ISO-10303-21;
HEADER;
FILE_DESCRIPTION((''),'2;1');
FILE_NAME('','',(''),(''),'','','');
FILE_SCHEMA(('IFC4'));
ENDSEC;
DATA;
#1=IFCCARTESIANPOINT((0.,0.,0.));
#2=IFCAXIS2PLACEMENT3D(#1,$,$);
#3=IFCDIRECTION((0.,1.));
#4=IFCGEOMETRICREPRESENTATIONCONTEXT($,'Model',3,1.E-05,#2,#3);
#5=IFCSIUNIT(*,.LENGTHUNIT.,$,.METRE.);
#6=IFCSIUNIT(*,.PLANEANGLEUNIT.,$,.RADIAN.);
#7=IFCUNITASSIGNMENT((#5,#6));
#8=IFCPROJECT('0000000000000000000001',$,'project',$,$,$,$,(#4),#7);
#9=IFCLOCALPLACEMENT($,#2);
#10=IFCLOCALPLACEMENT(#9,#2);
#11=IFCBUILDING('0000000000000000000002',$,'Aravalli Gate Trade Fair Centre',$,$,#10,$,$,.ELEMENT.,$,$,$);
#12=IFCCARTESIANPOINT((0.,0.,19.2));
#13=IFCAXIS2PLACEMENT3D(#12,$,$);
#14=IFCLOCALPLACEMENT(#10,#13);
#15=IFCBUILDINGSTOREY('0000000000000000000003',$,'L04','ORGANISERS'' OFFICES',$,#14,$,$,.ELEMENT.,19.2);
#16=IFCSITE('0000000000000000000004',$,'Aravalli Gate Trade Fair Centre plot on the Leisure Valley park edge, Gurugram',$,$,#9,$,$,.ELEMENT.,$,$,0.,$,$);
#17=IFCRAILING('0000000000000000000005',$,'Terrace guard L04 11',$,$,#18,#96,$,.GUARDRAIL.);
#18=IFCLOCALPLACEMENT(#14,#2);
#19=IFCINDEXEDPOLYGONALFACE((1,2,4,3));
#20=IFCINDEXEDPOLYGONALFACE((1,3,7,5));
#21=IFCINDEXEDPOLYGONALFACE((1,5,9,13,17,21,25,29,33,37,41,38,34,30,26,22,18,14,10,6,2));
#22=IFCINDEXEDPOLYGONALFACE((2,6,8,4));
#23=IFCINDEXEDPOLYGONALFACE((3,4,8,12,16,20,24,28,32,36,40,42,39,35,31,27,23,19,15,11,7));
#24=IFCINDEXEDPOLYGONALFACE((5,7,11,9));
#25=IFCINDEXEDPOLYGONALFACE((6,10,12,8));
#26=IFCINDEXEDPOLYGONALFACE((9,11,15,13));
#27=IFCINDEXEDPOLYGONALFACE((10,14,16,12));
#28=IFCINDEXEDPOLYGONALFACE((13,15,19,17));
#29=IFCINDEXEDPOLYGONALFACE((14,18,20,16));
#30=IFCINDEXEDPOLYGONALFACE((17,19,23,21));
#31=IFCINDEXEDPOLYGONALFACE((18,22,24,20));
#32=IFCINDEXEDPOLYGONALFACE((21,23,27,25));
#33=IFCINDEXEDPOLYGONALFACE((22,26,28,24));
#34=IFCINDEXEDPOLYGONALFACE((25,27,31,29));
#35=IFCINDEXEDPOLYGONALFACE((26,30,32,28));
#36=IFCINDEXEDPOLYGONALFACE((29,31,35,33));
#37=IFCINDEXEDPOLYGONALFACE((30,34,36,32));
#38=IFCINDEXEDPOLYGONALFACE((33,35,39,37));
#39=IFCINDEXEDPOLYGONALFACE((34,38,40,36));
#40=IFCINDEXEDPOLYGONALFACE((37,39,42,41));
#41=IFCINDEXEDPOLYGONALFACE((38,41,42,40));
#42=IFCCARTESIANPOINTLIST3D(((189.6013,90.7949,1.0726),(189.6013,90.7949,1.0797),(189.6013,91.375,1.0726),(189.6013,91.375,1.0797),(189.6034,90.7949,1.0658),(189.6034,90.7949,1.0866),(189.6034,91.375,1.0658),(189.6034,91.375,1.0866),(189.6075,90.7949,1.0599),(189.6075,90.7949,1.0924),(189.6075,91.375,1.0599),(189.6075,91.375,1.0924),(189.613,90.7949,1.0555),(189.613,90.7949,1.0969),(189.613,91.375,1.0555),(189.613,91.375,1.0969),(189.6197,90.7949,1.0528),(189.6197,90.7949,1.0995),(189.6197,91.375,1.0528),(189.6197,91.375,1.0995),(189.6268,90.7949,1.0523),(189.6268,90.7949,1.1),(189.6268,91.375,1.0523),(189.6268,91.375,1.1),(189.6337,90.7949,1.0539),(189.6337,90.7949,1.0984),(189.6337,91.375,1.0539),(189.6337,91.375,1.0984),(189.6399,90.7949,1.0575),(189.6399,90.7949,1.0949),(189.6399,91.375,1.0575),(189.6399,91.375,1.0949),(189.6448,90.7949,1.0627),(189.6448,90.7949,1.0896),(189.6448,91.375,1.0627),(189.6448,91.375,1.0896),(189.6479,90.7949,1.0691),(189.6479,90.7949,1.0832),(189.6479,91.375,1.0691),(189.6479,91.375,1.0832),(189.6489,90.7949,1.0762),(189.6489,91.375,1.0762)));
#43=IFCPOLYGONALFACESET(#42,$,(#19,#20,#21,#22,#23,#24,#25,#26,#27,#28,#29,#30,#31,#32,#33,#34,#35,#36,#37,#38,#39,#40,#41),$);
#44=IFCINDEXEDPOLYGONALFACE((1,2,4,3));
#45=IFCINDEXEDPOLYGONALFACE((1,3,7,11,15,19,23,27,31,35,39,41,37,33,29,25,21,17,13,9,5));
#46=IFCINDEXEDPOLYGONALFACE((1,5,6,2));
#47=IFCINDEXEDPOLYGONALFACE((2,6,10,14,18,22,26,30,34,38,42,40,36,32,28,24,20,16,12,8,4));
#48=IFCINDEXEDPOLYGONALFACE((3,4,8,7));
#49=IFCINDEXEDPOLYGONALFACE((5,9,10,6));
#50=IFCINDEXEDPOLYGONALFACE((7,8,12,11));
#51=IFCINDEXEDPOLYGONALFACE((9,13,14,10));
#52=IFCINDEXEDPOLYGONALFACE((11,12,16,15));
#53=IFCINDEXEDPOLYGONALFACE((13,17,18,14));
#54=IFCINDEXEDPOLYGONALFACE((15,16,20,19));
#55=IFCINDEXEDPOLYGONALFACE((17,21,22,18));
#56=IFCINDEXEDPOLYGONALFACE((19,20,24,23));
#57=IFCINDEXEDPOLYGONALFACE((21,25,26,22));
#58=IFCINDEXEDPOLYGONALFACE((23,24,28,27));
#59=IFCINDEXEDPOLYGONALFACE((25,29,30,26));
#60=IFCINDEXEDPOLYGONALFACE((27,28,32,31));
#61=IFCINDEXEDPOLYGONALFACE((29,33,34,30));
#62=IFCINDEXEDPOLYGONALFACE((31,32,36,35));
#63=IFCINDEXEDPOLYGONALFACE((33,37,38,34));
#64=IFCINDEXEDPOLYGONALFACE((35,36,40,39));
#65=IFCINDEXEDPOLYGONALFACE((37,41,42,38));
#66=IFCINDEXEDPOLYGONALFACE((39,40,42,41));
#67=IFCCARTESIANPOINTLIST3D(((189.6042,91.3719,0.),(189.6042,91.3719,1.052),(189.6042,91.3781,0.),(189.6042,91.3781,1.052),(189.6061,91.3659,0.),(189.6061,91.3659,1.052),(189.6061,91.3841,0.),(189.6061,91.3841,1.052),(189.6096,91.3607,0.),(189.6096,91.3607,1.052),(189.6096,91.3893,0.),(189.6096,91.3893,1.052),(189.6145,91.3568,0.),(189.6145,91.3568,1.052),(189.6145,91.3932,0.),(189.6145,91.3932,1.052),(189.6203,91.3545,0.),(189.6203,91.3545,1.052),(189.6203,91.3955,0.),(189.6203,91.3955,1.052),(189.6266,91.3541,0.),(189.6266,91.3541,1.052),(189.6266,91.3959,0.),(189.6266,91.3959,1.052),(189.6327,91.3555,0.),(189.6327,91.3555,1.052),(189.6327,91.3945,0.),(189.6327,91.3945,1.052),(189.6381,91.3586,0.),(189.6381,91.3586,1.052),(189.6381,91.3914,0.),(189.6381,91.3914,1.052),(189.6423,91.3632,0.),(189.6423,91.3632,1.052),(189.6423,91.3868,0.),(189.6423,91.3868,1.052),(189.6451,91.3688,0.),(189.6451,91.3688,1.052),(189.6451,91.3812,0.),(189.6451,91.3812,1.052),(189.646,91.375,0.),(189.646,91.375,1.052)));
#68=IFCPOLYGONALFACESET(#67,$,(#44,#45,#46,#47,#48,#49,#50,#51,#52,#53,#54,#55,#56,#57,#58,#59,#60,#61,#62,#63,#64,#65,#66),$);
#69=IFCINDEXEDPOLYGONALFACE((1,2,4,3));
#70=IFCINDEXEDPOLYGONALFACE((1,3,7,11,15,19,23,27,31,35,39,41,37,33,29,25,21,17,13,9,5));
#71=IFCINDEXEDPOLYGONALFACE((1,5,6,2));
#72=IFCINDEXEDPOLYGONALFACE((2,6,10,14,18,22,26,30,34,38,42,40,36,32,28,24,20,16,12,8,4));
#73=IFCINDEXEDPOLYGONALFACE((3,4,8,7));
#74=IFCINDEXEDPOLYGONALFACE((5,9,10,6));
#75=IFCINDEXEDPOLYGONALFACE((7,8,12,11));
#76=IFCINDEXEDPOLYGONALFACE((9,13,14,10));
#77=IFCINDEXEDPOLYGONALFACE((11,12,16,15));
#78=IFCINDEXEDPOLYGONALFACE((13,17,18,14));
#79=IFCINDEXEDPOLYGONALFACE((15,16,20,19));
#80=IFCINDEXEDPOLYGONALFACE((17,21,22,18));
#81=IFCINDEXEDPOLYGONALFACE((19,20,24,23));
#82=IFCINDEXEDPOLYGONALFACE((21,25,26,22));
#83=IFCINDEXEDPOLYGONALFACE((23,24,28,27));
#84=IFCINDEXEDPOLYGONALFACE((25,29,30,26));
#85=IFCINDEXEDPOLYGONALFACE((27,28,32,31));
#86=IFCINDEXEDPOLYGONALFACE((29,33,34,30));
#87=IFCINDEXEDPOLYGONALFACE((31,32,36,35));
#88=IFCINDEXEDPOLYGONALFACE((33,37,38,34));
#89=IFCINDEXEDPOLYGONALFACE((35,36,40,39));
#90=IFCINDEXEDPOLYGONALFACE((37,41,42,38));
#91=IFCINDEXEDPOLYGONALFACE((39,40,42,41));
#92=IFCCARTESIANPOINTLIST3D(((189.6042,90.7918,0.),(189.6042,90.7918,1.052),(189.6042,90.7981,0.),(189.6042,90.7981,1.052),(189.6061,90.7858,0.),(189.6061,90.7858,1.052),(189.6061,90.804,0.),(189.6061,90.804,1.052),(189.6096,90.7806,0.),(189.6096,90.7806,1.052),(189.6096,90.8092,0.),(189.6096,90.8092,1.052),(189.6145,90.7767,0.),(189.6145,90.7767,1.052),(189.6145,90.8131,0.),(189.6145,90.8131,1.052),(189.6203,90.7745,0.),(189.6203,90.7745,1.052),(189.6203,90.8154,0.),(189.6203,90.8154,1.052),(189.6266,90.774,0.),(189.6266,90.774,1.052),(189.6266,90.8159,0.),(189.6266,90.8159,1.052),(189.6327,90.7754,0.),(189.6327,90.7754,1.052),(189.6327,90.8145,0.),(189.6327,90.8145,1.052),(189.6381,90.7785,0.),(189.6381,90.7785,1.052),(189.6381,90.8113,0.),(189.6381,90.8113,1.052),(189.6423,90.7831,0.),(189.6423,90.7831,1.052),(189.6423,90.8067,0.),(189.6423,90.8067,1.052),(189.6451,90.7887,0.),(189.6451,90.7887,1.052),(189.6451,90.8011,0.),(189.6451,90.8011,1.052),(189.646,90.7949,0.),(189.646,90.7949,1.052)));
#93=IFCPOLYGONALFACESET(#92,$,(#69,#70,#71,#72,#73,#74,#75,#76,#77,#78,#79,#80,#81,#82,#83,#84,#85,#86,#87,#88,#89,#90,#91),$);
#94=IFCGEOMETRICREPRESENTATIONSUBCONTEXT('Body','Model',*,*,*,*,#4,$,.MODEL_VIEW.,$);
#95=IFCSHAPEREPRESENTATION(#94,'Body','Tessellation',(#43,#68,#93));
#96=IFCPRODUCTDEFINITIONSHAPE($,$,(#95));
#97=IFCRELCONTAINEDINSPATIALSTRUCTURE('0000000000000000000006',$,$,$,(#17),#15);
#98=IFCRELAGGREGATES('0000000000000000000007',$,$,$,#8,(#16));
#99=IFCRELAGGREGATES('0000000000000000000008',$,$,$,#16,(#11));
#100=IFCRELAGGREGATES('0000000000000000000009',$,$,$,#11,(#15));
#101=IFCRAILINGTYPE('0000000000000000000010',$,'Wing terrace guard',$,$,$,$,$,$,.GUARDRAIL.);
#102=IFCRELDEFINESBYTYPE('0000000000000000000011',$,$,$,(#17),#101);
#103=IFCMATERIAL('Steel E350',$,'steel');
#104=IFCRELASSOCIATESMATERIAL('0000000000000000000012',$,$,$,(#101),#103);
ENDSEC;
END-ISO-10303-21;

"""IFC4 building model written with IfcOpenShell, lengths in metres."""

from ifc_helpers import new_model, si_unit, direction, frame, origin, origin_2d, place, context, subcontext, project, spatial, circle, extrude, material, type_object, element, save


model = new_model("IFC4")

# Units and contexts
model_context = context("Model", 3, precision=1e-05, world=origin(), true_north=direction((0.0, 1.0)))
body_context = subcontext(model_context, "Body", "Model", "MODEL_VIEW")
ifc_project = project(units=[si_unit("LENGTHUNIT", "METRE"), si_unit("PLANEANGLEUNIT", "RADIAN")], contexts=[model_context])

# Site, building, storey
site_placement = place(None, origin())
site = spatial("IfcSite", under=ifc_project, at=site_placement, Name="Aravalli Gate Trade Fair Centre plot on the Leisure Valley park edge, Gurugram", CompositionType="ELEMENT", RefElevation=0.0)
building_placement = place(site_placement, origin())
building = spatial("IfcBuilding", under=site, at=building_placement, Name="Aravalli Gate Trade Fair Centre", CompositionType="ELEMENT")
storey_placement = place(building_placement, frame((0.0, 0.0, 19.2)))
storey = spatial("IfcBuildingStorey", under=building, at=storey_placement, Name="L04", Description="ORGANISERS' OFFICES", CompositionType="ELEMENT", Elevation=19.2)

# Shared definitions
ifc_material_1 = material(Name="Steel E350", Category="steel")

# Railing
railing_type = type_object("IfcRailingType", Name="Wing terrace guard", PredefinedType="GUARDRAIL", material=ifc_material_1)
railing_1_placement = place(storey_placement, frame((189.625, 91.375, 0.0)))
element("IfcRailing", 1, at=railing_1_placement, inside=storey, type_object=railing_type, Name="Terrace guard L04 11", PredefinedType="GUARDRAIL", context=body_context, shape_type="SweptSolid", body=[
    extrude(circle(Radius=0.0239, at=origin_2d()), frame((0.0, 0.0, 1.0762), z_axis=(0.0, -1.0, 0.0), x_axis=(1.0, 0.0, 0.0)), (0.0, 0.0, 1.0), 0.5801),
    extrude(circle(Radius=0.021, at=origin_2d()), origin(), (0.0, 0.0, 1.0), 1.052),
    extrude(circle(Radius=0.021, at=origin_2d()), frame((0.0, -0.5801, 0.0)), (0.0, 0.0, 1.0), 1.052),
])

save(model, "model.ifc")
